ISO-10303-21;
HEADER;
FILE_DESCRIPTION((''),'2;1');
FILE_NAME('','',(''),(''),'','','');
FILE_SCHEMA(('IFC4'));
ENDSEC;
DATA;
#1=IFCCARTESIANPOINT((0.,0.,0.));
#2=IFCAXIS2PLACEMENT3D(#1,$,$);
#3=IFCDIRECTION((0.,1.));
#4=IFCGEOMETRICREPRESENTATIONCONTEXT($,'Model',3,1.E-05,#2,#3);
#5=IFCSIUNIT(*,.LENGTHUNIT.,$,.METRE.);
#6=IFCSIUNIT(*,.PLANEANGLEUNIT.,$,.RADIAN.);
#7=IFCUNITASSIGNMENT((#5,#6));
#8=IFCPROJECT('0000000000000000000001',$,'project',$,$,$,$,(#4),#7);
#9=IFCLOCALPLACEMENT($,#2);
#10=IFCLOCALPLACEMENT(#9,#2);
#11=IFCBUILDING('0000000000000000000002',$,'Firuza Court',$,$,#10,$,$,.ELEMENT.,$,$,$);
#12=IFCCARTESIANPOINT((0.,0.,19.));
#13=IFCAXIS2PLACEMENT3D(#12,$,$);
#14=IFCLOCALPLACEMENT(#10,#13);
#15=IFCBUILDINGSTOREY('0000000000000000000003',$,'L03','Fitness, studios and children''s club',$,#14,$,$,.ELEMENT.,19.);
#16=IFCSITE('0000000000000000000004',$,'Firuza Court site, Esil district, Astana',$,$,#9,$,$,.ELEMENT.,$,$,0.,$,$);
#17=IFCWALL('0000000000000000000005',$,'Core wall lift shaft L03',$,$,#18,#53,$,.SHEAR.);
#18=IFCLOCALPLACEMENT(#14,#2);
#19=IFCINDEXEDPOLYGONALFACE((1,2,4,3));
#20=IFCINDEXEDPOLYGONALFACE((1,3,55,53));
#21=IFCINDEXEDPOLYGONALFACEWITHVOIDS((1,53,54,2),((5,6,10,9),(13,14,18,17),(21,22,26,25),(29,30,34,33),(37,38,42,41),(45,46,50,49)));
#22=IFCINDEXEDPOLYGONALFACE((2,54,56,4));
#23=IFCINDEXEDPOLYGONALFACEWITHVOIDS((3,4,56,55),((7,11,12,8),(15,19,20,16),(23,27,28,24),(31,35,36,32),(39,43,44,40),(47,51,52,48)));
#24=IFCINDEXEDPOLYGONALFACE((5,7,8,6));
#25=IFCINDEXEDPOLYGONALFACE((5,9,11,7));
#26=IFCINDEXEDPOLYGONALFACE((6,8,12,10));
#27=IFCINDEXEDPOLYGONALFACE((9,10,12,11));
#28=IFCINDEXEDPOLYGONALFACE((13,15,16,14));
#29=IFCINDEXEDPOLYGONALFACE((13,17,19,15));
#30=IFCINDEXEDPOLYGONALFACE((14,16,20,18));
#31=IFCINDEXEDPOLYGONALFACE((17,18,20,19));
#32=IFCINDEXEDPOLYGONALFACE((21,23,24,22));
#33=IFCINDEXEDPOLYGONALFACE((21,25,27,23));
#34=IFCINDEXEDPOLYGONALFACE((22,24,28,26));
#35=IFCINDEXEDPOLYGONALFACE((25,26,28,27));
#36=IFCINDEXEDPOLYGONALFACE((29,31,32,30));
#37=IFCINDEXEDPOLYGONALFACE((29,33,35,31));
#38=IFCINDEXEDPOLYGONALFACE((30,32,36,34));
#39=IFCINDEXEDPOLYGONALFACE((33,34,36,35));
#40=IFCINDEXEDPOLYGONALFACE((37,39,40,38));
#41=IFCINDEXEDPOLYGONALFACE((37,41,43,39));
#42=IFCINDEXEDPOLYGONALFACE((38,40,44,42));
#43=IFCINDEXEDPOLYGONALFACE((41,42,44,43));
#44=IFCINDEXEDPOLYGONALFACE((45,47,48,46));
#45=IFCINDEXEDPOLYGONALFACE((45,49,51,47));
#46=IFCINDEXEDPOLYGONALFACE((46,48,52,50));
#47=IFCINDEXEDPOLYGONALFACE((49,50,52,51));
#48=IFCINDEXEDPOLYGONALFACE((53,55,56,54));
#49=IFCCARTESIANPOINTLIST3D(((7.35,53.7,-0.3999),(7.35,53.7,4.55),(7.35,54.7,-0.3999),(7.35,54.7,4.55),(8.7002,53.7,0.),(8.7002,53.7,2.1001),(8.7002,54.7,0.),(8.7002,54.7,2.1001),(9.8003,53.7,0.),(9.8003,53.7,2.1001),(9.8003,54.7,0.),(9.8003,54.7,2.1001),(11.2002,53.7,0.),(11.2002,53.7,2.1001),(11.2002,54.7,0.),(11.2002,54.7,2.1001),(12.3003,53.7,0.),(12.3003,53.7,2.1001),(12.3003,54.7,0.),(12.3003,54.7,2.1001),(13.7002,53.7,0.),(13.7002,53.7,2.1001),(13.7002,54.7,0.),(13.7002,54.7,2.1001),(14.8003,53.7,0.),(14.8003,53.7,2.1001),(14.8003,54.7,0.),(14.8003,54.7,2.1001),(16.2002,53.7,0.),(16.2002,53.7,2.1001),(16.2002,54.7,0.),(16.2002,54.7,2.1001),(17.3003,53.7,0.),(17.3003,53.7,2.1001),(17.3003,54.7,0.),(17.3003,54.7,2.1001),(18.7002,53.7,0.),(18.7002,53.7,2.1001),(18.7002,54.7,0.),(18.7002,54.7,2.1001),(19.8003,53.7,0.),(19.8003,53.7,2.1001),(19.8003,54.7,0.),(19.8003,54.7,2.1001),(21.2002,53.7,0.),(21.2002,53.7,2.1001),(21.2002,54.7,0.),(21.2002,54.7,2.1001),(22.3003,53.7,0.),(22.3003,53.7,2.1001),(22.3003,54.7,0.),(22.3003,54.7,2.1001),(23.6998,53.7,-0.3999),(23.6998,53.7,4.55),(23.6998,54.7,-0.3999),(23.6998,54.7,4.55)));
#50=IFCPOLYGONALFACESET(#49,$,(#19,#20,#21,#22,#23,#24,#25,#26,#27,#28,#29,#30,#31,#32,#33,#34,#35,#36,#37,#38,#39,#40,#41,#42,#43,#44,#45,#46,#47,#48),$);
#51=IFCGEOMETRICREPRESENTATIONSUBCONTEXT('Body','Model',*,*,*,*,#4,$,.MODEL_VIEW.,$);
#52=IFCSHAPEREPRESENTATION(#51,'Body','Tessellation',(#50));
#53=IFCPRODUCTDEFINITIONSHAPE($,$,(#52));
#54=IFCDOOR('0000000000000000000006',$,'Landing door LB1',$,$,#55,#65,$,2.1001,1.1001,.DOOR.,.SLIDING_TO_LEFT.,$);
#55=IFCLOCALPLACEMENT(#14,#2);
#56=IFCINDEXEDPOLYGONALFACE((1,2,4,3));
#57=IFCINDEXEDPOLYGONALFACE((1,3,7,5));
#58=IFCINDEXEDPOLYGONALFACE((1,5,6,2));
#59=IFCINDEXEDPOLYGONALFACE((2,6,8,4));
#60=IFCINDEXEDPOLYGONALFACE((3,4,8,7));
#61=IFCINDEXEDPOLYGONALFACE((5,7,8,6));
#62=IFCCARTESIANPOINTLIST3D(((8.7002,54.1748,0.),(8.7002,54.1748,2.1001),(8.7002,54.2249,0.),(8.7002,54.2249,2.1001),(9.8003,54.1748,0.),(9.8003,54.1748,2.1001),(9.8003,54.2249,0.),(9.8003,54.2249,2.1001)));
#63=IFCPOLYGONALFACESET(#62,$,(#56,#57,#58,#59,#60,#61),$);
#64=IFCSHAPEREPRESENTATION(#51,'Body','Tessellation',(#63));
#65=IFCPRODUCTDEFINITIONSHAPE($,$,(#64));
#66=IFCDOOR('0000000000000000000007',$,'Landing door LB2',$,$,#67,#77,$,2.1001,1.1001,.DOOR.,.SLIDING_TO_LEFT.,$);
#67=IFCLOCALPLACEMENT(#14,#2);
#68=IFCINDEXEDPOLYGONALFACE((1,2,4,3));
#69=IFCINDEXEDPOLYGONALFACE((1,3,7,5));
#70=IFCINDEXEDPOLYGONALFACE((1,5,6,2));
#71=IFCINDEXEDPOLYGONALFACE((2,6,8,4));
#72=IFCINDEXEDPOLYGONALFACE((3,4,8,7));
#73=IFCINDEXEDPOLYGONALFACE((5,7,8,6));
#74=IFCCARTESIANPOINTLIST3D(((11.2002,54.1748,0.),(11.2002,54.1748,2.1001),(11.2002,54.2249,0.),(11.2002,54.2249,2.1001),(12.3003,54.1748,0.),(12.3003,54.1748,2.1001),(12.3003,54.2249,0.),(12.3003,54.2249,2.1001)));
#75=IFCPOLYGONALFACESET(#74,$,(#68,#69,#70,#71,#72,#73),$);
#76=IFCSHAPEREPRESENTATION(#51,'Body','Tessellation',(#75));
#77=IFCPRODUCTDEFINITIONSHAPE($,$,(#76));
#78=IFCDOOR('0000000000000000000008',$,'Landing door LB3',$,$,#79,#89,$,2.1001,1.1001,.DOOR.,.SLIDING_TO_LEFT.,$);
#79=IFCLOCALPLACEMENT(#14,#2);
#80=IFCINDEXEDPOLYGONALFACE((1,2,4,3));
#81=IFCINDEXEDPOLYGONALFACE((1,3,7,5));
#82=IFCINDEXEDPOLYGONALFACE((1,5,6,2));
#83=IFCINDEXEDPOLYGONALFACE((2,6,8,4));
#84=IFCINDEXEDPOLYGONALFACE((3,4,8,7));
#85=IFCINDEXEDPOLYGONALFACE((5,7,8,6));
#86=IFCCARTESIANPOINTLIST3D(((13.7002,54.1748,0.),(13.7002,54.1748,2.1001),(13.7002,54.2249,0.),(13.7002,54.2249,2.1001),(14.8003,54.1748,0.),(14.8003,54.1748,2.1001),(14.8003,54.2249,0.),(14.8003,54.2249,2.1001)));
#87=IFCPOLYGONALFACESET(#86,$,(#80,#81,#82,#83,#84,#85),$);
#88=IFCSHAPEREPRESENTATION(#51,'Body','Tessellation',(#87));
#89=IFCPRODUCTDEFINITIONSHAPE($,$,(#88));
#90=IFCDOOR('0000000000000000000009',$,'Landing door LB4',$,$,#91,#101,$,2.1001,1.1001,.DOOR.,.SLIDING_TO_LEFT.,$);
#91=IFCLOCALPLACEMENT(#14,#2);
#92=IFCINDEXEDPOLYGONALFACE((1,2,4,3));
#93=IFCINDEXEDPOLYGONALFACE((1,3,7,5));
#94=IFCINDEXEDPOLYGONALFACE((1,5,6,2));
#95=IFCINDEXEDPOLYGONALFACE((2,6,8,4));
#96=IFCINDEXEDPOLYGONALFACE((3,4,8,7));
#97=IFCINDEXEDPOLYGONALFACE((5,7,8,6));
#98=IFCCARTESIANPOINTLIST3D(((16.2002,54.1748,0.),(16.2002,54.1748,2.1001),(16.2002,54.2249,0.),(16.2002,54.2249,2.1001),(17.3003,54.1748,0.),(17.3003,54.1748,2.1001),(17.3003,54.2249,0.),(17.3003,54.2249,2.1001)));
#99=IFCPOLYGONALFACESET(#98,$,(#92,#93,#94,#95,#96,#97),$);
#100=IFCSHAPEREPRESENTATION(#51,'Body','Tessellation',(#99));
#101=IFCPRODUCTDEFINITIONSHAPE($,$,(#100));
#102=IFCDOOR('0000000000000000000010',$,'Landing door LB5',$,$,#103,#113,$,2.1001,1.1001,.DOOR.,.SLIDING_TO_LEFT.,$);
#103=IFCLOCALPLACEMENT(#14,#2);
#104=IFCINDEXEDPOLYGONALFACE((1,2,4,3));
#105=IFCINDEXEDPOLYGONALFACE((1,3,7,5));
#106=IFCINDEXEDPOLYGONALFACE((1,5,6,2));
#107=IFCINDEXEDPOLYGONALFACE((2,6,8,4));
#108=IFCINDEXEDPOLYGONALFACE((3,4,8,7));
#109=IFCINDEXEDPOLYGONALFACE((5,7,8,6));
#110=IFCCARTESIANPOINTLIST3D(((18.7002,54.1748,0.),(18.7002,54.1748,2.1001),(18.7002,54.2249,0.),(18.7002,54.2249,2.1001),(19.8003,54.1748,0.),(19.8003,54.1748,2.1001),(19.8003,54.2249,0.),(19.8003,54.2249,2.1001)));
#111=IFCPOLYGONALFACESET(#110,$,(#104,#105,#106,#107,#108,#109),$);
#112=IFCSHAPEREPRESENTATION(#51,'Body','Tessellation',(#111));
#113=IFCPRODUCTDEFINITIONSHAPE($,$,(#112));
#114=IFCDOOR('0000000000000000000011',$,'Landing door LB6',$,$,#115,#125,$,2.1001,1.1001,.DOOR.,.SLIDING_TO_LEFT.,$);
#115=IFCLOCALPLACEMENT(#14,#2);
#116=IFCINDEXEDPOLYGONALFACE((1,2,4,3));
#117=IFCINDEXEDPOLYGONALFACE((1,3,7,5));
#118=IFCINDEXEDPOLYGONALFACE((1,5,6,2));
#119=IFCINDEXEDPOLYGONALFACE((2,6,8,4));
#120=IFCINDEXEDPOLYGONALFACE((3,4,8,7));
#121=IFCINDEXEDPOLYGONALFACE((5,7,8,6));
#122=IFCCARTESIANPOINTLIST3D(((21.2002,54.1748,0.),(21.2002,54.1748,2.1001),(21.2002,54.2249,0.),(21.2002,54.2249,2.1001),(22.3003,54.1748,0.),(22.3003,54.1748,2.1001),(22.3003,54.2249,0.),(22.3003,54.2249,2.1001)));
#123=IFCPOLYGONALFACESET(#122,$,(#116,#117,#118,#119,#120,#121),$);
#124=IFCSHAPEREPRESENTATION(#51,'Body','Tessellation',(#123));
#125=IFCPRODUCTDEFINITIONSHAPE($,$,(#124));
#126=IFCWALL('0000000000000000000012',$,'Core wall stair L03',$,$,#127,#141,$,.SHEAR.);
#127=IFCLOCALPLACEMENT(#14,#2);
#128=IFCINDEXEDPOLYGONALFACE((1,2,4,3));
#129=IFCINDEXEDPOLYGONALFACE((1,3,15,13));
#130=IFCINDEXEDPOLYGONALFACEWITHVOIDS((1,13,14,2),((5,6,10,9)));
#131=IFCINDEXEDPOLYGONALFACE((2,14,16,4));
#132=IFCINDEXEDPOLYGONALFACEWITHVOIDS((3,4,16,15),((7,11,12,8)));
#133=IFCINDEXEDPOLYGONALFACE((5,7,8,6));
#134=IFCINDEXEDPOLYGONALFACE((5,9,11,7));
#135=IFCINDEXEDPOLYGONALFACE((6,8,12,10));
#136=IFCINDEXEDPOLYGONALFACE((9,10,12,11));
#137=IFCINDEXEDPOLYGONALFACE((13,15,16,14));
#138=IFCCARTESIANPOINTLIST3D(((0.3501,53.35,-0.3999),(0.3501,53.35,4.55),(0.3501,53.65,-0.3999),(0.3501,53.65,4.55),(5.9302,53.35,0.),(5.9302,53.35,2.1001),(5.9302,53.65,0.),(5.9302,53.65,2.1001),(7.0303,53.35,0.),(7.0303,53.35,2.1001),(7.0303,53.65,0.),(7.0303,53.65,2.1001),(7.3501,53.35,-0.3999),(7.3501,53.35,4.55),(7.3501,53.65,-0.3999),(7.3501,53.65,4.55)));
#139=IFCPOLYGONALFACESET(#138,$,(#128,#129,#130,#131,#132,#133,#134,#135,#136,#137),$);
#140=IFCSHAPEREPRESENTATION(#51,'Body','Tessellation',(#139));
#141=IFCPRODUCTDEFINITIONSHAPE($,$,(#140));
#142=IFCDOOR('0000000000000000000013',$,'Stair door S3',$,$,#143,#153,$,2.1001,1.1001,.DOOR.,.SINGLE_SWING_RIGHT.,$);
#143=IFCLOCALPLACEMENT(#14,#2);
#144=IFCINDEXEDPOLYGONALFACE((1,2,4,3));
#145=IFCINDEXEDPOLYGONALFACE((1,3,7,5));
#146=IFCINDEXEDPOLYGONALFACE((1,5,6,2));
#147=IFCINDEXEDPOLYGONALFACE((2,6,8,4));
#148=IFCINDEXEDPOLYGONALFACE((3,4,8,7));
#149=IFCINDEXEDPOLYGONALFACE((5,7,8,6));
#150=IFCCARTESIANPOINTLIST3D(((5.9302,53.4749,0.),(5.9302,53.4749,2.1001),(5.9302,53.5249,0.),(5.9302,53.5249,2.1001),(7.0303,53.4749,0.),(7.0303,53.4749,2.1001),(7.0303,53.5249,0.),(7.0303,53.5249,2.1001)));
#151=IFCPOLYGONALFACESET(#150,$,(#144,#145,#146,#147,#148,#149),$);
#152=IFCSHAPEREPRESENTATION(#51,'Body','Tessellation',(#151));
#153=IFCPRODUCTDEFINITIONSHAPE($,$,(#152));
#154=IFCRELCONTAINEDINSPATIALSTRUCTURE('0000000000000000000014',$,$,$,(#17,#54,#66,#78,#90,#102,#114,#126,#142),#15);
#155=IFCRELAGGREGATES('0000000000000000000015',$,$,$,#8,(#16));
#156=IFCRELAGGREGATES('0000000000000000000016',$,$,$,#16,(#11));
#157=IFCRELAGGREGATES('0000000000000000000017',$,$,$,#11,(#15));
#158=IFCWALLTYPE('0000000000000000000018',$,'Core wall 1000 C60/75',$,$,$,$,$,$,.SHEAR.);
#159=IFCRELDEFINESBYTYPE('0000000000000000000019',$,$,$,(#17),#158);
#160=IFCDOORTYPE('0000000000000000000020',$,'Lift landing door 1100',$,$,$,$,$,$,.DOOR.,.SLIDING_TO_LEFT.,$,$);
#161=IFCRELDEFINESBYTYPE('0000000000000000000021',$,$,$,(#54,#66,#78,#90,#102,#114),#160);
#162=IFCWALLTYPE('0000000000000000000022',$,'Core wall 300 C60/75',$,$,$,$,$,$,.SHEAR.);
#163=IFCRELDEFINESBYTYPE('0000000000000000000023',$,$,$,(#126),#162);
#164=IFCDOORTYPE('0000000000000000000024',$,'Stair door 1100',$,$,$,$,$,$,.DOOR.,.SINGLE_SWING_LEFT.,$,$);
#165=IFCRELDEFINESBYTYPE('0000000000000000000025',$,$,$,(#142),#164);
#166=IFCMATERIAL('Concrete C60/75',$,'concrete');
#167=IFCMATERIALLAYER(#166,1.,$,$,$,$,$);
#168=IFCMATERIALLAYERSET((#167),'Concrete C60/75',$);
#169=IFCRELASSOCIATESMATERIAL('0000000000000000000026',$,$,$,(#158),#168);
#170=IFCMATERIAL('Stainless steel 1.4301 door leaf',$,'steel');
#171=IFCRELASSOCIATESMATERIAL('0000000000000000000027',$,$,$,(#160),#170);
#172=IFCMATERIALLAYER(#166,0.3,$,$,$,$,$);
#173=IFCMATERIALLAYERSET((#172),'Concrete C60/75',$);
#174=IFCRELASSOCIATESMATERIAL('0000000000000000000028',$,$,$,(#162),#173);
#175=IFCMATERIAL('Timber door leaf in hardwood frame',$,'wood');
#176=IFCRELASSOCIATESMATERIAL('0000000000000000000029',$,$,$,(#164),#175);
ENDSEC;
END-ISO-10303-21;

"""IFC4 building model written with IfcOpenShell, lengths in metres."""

from ifc_helpers import new_model, si_unit, direction, frame, frame_2d, origin, place, context, subcontext, project, spatial, rectangle, extrude, material, layer, layer_set, type_object, element, fill, save


model = new_model("IFC4")

# Units and contexts
model_context = context("Model", 3, precision=1e-05, world=origin(), true_north=direction((0.0, 1.0)))
body_context = subcontext(model_context, "Body", "Model", "MODEL_VIEW")
ifc_project = project(units=[si_unit("LENGTHUNIT", "METRE"), si_unit("PLANEANGLEUNIT", "RADIAN")], contexts=[model_context])

# Site, building, storey
site_placement = place(None, origin())
site = spatial("IfcSite", under=ifc_project, at=site_placement, Name="Firuza Court site, Esil district, Astana", CompositionType="ELEMENT", RefElevation=0.0)
building_placement = place(site_placement, origin())
building = spatial("IfcBuilding", under=site, at=building_placement, Name="Firuza Court", CompositionType="ELEMENT")
storey_placement = place(building_placement, frame((0.0, 0.0, 19.0)))
storey = spatial("IfcBuildingStorey", under=building, at=storey_placement, Name="L03", Description="Fitness, studios and children's club", CompositionType="ELEMENT", Elevation=19.0)

# Wall, openings, doors
ifc_material_1 = material(Name="Concrete C60/75", Category="concrete")
ifc_layer_1 = layer(ifc_material_1, 1.0)
ifc_layer_set_1 = layer_set([ifc_layer_1], Name="Concrete C60/75")
wall_type_1 = type_object("IfcWallType", Name="Core wall 1000 C60/75", PredefinedType="SHEAR", material=ifc_layer_set_1)
wall_1_placement = place(storey_placement, frame((7.3501, 54.2, -0.3999), z_axis=(0.0, 0.0, 1.0), x_axis=(1.0, 0.0, 0.0)))
wall_1 = element("IfcWall", 1, at=wall_1_placement, inside=storey, type_object=wall_type_1, Name="Core wall lift shaft L03", PredefinedType="SHEAR", context=body_context, shape_type="SweptSolid", body=[
    extrude(rectangle(XDim=16.3499, YDim=1.0, at=frame_2d((8.1748, 0.0))), origin(), (0.0, 0.0, 1.0), 4.95),
])
opening_1_placement = place(wall_1_placement, frame((1.3501, 0.0, 0.3999)))
opening_1 = element("IfcOpeningElement", 2, at=opening_1_placement, cuts=wall_1, PredefinedType="OPENING", context=body_context, shape_type="SweptSolid", body=[
    extrude(rectangle(XDim=1.1001, YDim=2.1001, at=frame_2d((0.55, 1.05))), frame((0.0, 0.512, 0.0), z_axis=(0.0, -1.0, 0.0), x_axis=(1.0, 0.0, 0.0)), (0.0, 0.0, 1.0), 1.0239),
])
opening_2_placement = place(wall_1_placement, frame((3.8501, 0.0, 0.3999)))
opening_2 = element("IfcOpeningElement", 3, at=opening_2_placement, cuts=wall_1, PredefinedType="OPENING", context=body_context, shape_type="SweptSolid", body=[
    extrude(rectangle(XDim=1.1001, YDim=2.1001, at=frame_2d((0.55, 1.05))), frame((0.0, 0.512, 0.0), z_axis=(0.0, -1.0, 0.0), x_axis=(1.0, 0.0, 0.0)), (0.0, 0.0, 1.0), 1.0239),
])
opening_3_placement = place(wall_1_placement, frame((6.3501, 0.0, 0.3999)))
opening_3 = element("IfcOpeningElement", 4, at=opening_3_placement, cuts=wall_1, PredefinedType="OPENING", context=body_context, shape_type="SweptSolid", body=[
    extrude(rectangle(XDim=1.1001, YDim=2.1001, at=frame_2d((0.55, 1.05))), frame((0.0, 0.512, 0.0), z_axis=(0.0, -1.0, 0.0), x_axis=(1.0, 0.0, 0.0)), (0.0, 0.0, 1.0), 1.0239),
])
opening_4_placement = place(wall_1_placement, frame((8.8501, 0.0, 0.3999)))
opening_4 = element("IfcOpeningElement", 5, at=opening_4_placement, cuts=wall_1, PredefinedType="OPENING", context=body_context, shape_type="SweptSolid", body=[
    extrude(rectangle(XDim=1.1001, YDim=2.1001, at=frame_2d((0.55, 1.05))), frame((0.0, 0.512, 0.0), z_axis=(0.0, -1.0, 0.0), x_axis=(1.0, 0.0, 0.0)), (0.0, 0.0, 1.0), 1.0239),
])
opening_5_placement = place(wall_1_placement, frame((11.3501, 0.0, 0.3999)))
opening_5 = element("IfcOpeningElement", 6, at=opening_5_placement, cuts=wall_1, PredefinedType="OPENING", context=body_context, shape_type="SweptSolid", body=[
    extrude(rectangle(XDim=1.1001, YDim=2.1001, at=frame_2d((0.55, 1.05))), frame((0.0, 0.512, 0.0), z_axis=(0.0, -1.0, 0.0), x_axis=(1.0, 0.0, 0.0)), (0.0, 0.0, 1.0), 1.0239),
])
opening_6_placement = place(wall_1_placement, frame((13.8501, 0.0, 0.3999)))
opening_6 = element("IfcOpeningElement", 7, at=opening_6_placement, cuts=wall_1, PredefinedType="OPENING", context=body_context, shape_type="SweptSolid", body=[
    extrude(rectangle(XDim=1.1001, YDim=2.1001, at=frame_2d((0.55, 1.05))), frame((0.0, 0.512, 0.0), z_axis=(0.0, -1.0, 0.0), x_axis=(1.0, 0.0, 0.0)), (0.0, 0.0, 1.0), 1.0239),
])
ifc_material_2 = material(Name="Stainless steel 1.4301 door leaf", Category="steel")
door_type_1 = type_object("IfcDoorType", Name="Lift landing door 1100", OperationType="SLIDING_TO_LEFT", PredefinedType="DOOR", material=ifc_material_2)
door_1_placement = place(opening_1_placement, origin())
door_1 = element("IfcDoor", 8, at=door_1_placement, inside=storey, type_object=door_type_1, Name="Landing door LB1", OperationType="SLIDING_TO_LEFT", OverallHeight=2.1001, OverallWidth=1.1001, PredefinedType="DOOR", context=body_context, shape_type="SweptSolid", body=[
    extrude(rectangle(XDim=1.1001, YDim=2.1001, at=frame_2d((0.55, 1.05))), frame((0.0, 0.0249, 0.0), z_axis=(0.0, -1.0, 0.0), x_axis=(1.0, 0.0, 0.0)), (0.0, 0.0, 1.0), 0.05),
])
fill(opening_1, door_1)
door_2_placement = place(opening_2_placement, origin())
door_2 = element("IfcDoor", 9, at=door_2_placement, inside=storey, type_object=door_type_1, Name="Landing door LB2", OperationType="SLIDING_TO_LEFT", OverallHeight=2.1001, OverallWidth=1.1001, PredefinedType="DOOR", context=body_context, shape_type="SweptSolid", body=[
    extrude(rectangle(XDim=1.1001, YDim=2.1001, at=frame_2d((0.55, 1.05))), frame((0.0, 0.0249, 0.0), z_axis=(0.0, -1.0, 0.0), x_axis=(1.0, 0.0, 0.0)), (0.0, 0.0, 1.0), 0.05),
])
fill(opening_2, door_2)
door_3_placement = place(opening_3_placement, origin())
door_3 = element("IfcDoor", 10, at=door_3_placement, inside=storey, type_object=door_type_1, Name="Landing door LB3", OperationType="SLIDING_TO_LEFT", OverallHeight=2.1001, OverallWidth=1.1001, PredefinedType="DOOR", context=body_context, shape_type="SweptSolid", body=[
    extrude(rectangle(XDim=1.1001, YDim=2.1001, at=frame_2d((0.55, 1.05))), frame((0.0, 0.0249, 0.0), z_axis=(0.0, -1.0, 0.0), x_axis=(1.0, 0.0, 0.0)), (0.0, 0.0, 1.0), 0.05),
])
fill(opening_3, door_3)
door_4_placement = place(opening_4_placement, origin())
door_4 = element("IfcDoor", 11, at=door_4_placement, inside=storey, type_object=door_type_1, Name="Landing door LB4", OperationType="SLIDING_TO_LEFT", OverallHeight=2.1001, OverallWidth=1.1001, PredefinedType="DOOR", context=body_context, shape_type="SweptSolid", body=[
    extrude(rectangle(XDim=1.1001, YDim=2.1001, at=frame_2d((0.55, 1.05))), frame((0.0, 0.0249, 0.0), z_axis=(0.0, -1.0, 0.0), x_axis=(1.0, 0.0, 0.0)), (0.0, 0.0, 1.0), 0.05),
])
fill(opening_4, door_4)
door_5_placement = place(opening_5_placement, origin())
door_5 = element("IfcDoor", 12, at=door_5_placement, inside=storey, type_object=door_type_1, Name="Landing door LB5", OperationType="SLIDING_TO_LEFT", OverallHeight=2.1001, OverallWidth=1.1001, PredefinedType="DOOR", context=body_context, shape_type="SweptSolid", body=[
    extrude(rectangle(XDim=1.1001, YDim=2.1001, at=frame_2d((0.55, 1.05))), frame((0.0, 0.0249, 0.0), z_axis=(0.0, -1.0, 0.0), x_axis=(1.0, 0.0, 0.0)), (0.0, 0.0, 1.0), 0.05),
])
fill(opening_5, door_5)
door_6_placement = place(opening_6_placement, origin())
door_6 = element("IfcDoor", 13, at=door_6_placement, inside=storey, type_object=door_type_1, Name="Landing door LB6", OperationType="SLIDING_TO_LEFT", OverallHeight=2.1001, OverallWidth=1.1001, PredefinedType="DOOR", context=body_context, shape_type="SweptSolid", body=[
    extrude(rectangle(XDim=1.1001, YDim=2.1001, at=frame_2d((0.55, 1.05))), frame((0.0, 0.0249, 0.0), z_axis=(0.0, -1.0, 0.0), x_axis=(1.0, 0.0, 0.0)), (0.0, 0.0, 1.0), 0.05),
])
fill(opening_6, door_6)

# Wall, opening, door
ifc_layer_2 = layer(ifc_material_1, 0.3)
ifc_layer_set_2 = layer_set([ifc_layer_2], Name="Concrete C60/75")
wall_type_2 = type_object("IfcWallType", Name="Core wall 300 C60/75", PredefinedType="SHEAR", material=ifc_layer_set_2)
wall_2_placement = place(storey_placement, frame((0.3501, 53.5, -0.3999), z_axis=(0.0, 0.0, 1.0), x_axis=(1.0, 0.0, 0.0)))
wall_2 = element("IfcWall", 14, at=wall_2_placement, inside=storey, type_object=wall_type_2, Name="Core wall stair L03", PredefinedType="SHEAR", context=body_context, shape_type="SweptSolid", body=[
    extrude(rectangle(XDim=7.0, YDim=0.3, at=frame_2d((3.5, 0.0))), origin(), (0.0, 0.0, 1.0), 4.95),
])
opening_7_placement = place(wall_2_placement, frame((5.5801, 0.0, 0.3999)))
opening_7 = element("IfcOpeningElement", 15, at=opening_7_placement, cuts=wall_2, PredefinedType="OPENING", context=body_context, shape_type="SweptSolid", body=[
    extrude(rectangle(XDim=1.1001, YDim=2.1001, at=frame_2d((0.55, 1.05))), frame((0.0, 0.1621, 0.0), z_axis=(0.0, -1.0, 0.0), x_axis=(1.0, 0.0, 0.0)), (0.0, 0.0, 1.0), 0.324),
])
ifc_material_3 = material(Name="Timber door leaf in hardwood frame", Category="wood")
door_type_2 = type_object("IfcDoorType", Name="Stair door 1100", OperationType="SINGLE_SWING_LEFT", PredefinedType="DOOR", material=ifc_material_3)
door_7_placement = place(opening_7_placement, origin())
door_7 = element("IfcDoor", 16, at=door_7_placement, inside=storey, type_object=door_type_2, Name="Stair door S3", OperationType="SINGLE_SWING_RIGHT", OverallHeight=2.1001, OverallWidth=1.1001, PredefinedType="DOOR", context=body_context, shape_type="SweptSolid", body=[
    extrude(rectangle(XDim=1.1001, YDim=2.1001, at=frame_2d((0.55, 1.05))), frame((0.0, 0.0249, 0.0), z_axis=(0.0, -1.0, 0.0), x_axis=(1.0, 0.0, 0.0)), (0.0, 0.0, 1.0), 0.05),
])
fill(opening_7, door_7)

save(model, "model.ifc")
